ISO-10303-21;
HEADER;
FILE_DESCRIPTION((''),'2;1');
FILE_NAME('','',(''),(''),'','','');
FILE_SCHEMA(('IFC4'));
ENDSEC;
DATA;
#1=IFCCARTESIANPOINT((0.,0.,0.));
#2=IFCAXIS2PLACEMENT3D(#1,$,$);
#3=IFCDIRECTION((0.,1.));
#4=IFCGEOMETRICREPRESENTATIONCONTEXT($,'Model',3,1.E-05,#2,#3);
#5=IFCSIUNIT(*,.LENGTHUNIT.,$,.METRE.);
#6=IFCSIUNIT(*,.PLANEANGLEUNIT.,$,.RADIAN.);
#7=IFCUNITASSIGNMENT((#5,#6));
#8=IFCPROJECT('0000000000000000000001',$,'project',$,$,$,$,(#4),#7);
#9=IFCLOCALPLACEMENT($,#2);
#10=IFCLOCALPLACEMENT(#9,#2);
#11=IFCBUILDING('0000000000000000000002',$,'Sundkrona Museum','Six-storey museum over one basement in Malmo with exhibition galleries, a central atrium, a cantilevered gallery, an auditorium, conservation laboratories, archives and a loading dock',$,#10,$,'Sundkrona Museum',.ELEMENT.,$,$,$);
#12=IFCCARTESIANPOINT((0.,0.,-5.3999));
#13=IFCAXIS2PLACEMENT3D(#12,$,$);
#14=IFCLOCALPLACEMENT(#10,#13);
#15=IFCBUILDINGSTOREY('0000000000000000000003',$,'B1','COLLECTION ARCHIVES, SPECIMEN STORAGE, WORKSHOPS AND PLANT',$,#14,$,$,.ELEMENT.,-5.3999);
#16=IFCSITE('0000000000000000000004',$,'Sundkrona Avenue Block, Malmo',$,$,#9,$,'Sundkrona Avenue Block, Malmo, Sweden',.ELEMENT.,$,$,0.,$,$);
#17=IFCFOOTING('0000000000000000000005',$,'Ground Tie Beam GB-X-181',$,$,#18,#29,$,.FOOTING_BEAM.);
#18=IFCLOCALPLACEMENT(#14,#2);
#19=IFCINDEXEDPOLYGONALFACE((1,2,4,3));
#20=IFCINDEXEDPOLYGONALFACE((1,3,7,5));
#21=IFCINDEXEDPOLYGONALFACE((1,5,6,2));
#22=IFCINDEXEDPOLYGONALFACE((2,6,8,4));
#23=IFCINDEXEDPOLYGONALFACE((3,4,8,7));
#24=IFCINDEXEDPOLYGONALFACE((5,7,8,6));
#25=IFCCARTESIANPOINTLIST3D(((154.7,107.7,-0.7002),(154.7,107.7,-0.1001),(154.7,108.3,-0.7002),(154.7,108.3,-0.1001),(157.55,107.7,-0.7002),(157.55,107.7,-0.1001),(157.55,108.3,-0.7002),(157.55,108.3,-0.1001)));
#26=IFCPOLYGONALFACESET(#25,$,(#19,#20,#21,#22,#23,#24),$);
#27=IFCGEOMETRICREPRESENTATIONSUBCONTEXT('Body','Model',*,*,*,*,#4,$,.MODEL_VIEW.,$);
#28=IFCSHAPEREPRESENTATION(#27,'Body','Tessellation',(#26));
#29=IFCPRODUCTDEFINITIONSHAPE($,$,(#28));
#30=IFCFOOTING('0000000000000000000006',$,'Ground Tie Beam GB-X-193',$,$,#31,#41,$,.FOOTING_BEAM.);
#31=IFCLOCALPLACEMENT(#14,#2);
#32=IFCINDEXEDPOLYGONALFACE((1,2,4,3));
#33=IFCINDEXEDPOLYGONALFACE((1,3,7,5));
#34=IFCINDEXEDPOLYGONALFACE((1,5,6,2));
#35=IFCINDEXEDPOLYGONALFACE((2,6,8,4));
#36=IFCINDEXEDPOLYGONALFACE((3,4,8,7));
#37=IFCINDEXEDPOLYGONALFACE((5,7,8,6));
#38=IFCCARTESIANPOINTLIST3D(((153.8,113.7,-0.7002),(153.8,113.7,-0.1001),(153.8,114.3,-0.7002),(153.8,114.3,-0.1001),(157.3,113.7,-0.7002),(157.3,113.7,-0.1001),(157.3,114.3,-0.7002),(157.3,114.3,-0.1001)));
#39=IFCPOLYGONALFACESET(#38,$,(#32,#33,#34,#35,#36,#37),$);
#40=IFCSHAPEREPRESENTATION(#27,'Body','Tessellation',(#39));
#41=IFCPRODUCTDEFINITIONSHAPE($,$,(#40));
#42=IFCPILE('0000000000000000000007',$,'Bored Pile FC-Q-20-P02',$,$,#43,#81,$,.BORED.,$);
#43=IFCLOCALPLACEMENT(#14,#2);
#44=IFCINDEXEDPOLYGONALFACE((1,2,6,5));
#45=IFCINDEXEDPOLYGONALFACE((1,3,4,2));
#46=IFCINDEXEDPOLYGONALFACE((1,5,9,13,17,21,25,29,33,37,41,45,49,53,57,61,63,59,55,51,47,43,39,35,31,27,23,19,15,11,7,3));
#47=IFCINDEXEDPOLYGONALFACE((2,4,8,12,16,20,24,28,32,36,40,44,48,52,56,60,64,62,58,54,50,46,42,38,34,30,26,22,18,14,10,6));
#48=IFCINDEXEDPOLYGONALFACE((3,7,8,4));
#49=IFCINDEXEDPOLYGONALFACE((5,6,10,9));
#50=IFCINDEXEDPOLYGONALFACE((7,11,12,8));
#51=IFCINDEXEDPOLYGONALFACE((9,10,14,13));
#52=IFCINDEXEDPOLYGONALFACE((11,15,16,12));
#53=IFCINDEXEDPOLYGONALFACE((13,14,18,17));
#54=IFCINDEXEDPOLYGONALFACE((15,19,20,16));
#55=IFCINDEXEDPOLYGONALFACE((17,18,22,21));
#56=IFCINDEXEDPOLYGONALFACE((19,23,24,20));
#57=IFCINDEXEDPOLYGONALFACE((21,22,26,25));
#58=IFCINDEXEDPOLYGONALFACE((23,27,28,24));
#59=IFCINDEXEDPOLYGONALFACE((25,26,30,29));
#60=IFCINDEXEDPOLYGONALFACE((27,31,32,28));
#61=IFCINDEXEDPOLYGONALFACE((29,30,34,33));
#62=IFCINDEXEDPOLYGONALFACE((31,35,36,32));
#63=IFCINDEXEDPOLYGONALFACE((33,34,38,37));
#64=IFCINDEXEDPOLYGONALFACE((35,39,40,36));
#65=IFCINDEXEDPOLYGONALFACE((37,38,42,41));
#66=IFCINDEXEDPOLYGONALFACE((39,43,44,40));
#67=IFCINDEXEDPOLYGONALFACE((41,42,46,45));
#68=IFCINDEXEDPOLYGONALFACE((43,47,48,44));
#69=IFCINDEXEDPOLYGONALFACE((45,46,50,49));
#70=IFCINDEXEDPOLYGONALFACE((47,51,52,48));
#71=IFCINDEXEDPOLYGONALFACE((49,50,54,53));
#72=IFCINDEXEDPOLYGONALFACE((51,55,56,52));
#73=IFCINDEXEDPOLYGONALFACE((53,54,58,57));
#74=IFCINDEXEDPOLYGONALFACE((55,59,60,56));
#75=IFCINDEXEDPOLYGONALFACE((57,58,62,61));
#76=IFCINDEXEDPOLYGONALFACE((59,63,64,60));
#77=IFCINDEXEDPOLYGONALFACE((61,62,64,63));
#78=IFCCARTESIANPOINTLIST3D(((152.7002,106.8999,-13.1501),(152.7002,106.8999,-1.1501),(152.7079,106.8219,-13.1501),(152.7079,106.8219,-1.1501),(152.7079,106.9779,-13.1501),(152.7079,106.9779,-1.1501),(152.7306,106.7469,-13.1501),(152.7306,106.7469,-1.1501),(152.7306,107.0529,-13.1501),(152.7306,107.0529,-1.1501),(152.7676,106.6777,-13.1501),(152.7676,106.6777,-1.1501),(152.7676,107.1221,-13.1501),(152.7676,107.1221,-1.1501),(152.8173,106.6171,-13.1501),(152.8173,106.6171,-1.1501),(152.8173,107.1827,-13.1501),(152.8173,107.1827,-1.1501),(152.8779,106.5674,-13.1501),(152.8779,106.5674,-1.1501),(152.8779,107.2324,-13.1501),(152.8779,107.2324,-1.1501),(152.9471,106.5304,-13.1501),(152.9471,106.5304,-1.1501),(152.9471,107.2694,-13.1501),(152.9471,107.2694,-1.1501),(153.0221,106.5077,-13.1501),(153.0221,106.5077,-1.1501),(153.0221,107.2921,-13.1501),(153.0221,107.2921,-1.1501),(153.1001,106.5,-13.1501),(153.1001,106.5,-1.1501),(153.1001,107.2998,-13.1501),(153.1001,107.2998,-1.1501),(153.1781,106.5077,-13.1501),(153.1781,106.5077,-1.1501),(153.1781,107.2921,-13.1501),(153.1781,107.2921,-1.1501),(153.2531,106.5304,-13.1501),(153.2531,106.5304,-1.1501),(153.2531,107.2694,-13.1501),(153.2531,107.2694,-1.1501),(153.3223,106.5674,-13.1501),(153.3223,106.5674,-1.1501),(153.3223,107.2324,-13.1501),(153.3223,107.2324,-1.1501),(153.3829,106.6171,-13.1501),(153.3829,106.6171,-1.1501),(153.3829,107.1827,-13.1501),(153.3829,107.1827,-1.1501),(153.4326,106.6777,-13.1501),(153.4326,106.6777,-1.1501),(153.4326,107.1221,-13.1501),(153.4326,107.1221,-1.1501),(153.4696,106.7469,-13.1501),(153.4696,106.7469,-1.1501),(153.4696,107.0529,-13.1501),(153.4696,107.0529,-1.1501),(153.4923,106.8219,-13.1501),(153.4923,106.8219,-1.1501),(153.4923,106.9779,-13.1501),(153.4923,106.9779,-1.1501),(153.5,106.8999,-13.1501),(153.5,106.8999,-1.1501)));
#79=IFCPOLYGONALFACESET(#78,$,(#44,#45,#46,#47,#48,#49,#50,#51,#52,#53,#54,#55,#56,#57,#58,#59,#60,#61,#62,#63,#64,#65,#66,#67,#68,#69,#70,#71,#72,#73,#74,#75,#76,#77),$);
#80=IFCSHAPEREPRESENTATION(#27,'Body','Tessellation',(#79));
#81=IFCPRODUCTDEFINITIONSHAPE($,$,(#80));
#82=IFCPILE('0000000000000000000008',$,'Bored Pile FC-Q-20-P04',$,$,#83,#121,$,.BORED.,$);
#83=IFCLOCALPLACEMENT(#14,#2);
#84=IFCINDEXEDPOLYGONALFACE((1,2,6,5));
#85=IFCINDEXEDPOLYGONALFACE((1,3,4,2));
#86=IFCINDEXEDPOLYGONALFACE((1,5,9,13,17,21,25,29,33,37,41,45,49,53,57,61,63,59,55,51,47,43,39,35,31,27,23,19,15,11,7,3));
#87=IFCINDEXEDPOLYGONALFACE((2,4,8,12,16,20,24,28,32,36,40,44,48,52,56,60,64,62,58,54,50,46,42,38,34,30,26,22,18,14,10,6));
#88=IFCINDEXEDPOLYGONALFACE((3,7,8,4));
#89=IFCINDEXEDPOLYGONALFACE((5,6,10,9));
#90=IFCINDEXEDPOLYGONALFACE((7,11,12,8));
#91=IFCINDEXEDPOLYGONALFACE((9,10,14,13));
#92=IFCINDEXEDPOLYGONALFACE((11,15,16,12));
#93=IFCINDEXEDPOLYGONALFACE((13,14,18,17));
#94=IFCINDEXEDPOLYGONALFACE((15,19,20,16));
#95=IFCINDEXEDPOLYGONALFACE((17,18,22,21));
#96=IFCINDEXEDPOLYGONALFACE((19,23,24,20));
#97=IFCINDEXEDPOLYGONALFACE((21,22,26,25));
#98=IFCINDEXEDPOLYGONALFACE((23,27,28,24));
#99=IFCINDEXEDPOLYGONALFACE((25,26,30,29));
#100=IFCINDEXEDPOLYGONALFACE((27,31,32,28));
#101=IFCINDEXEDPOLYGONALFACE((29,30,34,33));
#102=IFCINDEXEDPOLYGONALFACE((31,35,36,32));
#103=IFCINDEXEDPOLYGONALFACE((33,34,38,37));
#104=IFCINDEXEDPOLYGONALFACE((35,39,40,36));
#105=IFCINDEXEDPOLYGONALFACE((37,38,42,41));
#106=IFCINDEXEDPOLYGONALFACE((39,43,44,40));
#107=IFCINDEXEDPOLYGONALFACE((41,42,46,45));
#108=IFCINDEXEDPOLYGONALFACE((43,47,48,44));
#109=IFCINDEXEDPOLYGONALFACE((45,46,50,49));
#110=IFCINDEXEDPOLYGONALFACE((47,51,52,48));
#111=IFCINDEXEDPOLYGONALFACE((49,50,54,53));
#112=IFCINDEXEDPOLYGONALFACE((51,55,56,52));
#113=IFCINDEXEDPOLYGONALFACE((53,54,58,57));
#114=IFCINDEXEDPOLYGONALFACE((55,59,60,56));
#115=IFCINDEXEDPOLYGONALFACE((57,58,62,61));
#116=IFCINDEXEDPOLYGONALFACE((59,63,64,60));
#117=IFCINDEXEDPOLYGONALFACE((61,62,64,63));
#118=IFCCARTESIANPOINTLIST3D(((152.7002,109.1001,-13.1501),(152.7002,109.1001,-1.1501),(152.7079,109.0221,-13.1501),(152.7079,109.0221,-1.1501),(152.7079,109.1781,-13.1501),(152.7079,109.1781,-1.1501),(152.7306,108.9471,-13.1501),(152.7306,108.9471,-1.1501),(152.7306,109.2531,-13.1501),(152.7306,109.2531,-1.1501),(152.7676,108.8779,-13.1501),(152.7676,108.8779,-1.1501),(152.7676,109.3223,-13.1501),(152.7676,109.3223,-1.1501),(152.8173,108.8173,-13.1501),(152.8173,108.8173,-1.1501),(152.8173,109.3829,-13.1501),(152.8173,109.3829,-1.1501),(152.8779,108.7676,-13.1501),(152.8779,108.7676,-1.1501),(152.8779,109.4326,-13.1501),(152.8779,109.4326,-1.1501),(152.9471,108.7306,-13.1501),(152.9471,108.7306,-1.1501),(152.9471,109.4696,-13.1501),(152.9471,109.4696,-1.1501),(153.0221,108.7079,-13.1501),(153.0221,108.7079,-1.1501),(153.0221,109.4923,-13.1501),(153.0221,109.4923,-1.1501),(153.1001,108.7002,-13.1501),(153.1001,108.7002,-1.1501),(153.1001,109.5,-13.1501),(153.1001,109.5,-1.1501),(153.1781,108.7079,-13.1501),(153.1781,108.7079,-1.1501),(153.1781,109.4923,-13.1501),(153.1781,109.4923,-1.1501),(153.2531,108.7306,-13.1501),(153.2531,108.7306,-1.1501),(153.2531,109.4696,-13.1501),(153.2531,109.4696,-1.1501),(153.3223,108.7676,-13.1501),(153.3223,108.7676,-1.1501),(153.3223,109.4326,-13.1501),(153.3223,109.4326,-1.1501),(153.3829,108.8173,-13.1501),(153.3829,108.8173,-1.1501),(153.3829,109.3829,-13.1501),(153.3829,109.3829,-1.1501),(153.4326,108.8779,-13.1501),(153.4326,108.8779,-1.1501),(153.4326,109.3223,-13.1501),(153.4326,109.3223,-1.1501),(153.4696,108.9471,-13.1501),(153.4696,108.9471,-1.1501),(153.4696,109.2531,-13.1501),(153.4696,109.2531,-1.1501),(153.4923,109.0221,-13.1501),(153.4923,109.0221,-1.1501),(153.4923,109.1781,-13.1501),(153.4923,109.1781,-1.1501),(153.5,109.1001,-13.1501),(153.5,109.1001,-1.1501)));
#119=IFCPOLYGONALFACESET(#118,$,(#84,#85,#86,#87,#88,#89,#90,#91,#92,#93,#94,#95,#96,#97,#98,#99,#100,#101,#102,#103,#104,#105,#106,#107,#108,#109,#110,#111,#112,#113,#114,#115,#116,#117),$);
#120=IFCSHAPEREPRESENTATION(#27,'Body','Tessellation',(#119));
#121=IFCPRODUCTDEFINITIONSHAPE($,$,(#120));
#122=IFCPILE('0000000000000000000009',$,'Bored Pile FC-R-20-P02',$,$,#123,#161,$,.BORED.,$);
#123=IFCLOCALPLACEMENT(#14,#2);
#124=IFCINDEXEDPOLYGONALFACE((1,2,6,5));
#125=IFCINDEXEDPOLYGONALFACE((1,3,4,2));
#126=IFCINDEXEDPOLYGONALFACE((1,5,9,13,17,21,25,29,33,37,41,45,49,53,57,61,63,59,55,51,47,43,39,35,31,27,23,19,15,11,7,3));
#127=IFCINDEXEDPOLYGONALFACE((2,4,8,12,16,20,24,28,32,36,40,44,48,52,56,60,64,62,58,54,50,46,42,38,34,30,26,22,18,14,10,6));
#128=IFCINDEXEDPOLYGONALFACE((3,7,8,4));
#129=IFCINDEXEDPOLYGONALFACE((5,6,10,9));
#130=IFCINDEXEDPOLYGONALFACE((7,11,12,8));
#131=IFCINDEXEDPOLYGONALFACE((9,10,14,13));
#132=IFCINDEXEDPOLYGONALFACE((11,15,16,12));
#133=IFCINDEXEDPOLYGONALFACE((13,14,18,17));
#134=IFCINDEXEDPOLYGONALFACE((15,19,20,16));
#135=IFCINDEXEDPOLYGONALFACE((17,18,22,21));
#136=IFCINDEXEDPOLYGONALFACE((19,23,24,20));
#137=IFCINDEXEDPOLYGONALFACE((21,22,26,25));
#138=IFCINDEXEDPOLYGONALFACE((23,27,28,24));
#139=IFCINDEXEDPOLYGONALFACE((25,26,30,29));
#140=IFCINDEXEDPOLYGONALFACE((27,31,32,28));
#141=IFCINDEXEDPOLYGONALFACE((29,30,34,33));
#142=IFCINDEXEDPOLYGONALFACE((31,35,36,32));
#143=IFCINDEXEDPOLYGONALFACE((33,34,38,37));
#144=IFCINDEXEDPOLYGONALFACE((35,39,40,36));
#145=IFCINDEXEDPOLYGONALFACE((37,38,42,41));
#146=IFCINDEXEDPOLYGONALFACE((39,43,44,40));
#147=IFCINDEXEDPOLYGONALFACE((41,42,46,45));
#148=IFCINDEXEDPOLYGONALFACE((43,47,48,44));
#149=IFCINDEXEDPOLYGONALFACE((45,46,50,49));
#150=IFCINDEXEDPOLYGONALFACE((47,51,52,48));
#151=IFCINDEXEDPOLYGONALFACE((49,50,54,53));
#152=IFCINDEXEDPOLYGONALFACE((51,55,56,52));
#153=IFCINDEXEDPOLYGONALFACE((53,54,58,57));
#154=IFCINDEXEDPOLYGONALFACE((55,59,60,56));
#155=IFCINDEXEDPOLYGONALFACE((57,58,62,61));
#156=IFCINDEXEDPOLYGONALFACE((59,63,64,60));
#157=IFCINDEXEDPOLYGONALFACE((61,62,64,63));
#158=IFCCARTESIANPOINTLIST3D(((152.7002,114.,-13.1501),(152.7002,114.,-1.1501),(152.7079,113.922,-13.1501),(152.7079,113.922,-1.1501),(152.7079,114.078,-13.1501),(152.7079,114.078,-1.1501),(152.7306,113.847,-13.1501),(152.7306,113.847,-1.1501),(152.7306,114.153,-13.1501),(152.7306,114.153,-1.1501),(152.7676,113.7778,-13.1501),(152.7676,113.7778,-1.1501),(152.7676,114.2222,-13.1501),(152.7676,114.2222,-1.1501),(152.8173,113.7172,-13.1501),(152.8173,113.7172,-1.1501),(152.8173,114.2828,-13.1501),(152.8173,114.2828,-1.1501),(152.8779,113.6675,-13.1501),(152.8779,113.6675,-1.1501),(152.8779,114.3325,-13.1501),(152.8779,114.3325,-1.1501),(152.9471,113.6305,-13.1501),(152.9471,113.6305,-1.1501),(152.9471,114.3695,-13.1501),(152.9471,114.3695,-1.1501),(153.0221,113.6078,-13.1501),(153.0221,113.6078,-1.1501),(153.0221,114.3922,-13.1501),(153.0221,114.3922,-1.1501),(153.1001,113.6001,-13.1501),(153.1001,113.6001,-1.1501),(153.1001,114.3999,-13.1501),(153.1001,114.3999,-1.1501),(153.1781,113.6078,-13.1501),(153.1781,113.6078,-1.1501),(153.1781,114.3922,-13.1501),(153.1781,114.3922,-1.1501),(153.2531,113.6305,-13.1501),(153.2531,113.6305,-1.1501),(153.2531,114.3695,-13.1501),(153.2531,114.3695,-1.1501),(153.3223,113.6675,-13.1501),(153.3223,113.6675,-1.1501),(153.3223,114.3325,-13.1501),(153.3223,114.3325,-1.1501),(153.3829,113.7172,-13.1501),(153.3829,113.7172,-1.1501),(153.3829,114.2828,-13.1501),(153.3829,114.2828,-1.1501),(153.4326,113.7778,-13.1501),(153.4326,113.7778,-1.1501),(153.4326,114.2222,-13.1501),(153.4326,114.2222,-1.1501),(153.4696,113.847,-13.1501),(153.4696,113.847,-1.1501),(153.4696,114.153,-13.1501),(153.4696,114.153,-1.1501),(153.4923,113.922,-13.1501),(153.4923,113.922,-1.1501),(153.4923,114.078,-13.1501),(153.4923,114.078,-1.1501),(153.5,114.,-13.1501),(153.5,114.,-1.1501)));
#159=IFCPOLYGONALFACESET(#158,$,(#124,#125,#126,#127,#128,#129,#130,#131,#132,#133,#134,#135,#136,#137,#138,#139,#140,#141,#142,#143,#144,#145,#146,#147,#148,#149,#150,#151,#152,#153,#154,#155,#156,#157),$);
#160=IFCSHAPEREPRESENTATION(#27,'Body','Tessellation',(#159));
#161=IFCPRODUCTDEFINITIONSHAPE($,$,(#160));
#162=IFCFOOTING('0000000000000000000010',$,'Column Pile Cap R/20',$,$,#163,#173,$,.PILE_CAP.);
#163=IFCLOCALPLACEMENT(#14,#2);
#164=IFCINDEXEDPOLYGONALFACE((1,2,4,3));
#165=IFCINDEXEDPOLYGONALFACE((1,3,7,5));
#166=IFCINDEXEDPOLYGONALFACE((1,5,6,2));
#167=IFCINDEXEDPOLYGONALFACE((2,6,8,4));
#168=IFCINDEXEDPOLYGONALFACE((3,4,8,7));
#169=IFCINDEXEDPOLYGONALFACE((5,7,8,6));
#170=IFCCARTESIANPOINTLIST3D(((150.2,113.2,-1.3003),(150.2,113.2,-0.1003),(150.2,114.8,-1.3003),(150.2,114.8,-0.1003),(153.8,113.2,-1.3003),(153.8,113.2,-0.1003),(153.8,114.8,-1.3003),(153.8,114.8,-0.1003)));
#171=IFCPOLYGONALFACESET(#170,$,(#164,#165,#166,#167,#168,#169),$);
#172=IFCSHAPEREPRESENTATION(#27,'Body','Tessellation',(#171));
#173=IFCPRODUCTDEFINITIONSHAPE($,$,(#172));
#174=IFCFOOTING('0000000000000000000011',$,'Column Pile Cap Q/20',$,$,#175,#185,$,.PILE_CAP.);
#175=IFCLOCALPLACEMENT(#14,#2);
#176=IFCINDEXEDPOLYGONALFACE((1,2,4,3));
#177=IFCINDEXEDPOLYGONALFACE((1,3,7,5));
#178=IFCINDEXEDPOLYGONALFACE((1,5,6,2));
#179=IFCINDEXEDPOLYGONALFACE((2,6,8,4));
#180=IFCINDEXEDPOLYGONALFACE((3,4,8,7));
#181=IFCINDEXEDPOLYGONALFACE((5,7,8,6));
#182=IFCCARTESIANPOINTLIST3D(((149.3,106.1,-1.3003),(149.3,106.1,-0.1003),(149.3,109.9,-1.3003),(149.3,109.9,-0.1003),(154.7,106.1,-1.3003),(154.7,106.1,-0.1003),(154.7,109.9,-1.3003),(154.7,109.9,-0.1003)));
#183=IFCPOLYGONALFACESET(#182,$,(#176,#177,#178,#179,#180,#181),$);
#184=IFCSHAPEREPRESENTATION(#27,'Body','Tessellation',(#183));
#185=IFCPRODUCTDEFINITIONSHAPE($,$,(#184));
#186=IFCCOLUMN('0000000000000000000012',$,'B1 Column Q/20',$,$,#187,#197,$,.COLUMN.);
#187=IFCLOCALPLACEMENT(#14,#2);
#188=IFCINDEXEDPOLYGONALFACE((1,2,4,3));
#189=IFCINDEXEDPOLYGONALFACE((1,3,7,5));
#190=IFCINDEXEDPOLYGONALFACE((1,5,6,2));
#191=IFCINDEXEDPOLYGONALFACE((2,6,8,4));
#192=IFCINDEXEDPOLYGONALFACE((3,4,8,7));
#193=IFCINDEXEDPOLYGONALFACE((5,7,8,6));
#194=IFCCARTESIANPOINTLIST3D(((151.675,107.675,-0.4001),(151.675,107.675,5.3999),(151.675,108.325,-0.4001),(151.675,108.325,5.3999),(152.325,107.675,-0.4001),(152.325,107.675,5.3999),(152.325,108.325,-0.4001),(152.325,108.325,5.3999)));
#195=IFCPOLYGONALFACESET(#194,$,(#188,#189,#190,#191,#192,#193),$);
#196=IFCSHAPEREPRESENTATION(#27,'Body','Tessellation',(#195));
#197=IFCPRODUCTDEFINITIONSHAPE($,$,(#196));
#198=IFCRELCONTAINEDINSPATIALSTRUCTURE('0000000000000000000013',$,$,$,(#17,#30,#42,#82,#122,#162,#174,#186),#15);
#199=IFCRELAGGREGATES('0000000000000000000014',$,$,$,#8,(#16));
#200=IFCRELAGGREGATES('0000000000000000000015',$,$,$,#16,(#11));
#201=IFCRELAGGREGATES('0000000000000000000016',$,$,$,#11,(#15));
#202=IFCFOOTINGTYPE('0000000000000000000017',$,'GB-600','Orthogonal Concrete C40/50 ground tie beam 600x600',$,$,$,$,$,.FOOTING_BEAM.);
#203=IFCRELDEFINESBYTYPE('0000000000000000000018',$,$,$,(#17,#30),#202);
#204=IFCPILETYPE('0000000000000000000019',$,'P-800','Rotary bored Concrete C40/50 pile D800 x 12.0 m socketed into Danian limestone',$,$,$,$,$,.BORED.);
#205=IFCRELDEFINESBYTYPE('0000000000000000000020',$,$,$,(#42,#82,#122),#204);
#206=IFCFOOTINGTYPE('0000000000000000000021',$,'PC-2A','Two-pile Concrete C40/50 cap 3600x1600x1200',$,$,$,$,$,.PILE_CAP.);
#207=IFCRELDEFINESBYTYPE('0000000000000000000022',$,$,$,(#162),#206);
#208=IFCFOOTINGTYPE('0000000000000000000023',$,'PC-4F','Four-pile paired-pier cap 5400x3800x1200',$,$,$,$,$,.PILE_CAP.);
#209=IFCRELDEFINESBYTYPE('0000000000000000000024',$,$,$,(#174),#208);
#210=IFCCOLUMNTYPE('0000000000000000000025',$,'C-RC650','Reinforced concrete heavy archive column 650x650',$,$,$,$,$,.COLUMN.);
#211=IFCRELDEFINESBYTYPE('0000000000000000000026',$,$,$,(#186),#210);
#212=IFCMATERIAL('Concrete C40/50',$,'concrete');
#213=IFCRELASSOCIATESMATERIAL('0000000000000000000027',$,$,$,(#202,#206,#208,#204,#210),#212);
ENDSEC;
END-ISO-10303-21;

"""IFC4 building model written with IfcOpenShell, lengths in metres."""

from ifc_helpers import new_model, si_unit, direction, frame, origin, origin_2d, place, context, subcontext, project, spatial, rectangle, circle, extrude, material, material_profile, profile_set, type_object, element, save


model = new_model("IFC4")

# Units and contexts
model_context = context("Model", 3, precision=1e-05, world=origin(), true_north=direction((0.0, 1.0)))
body_context = subcontext(model_context, "Body", "Model", "MODEL_VIEW")
ifc_project = project(units=[si_unit("LENGTHUNIT", "METRE"), si_unit("PLANEANGLEUNIT", "RADIAN")], contexts=[model_context])

# Site, building, storey
site_placement = place(None, origin())
site = spatial("IfcSite", under=ifc_project, at=site_placement, Name="Sundkrona Avenue Block, Malmo", LongName="Sundkrona Avenue Block, Malmo, Sweden", CompositionType="ELEMENT", RefElevation=0.0)
building_placement = place(site_placement, origin())
building = spatial("IfcBuilding", under=site, at=building_placement, Name="Sundkrona Museum", Description="Six-storey museum over one basement in Malmo with exhibition galleries, a central atrium, a cantilevered gallery, an auditorium, conservation laboratories, archives and a loading dock", LongName="Sundkrona Museum", CompositionType="ELEMENT")
storey_placement = place(building_placement, frame((0.0, 0.0, -5.3999)))
storey = spatial("IfcBuildingStorey", under=building, at=storey_placement, Name="B1", Description="COLLECTION ARCHIVES, SPECIMEN STORAGE, WORKSHOPS AND PLANT", CompositionType="ELEMENT", Elevation=-5.3999)

# Footings
ifc_material_1 = material(Name="Concrete C40/50", Category="concrete")
footing_type_1 = type_object("IfcFootingType", Name="GB-600", Description="Orthogonal Concrete C40/50 ground tie beam 600x600", PredefinedType="FOOTING_BEAM", material=ifc_material_1)
footing_1_placement = place(storey_placement, frame((156.125, 108.0, -0.7002), z_axis=(0.0, 0.0, 1.0), x_axis=(1.0, 0.0, 0.0)))
element("IfcFooting", 1, at=footing_1_placement, inside=storey, type_object=footing_type_1, Name="Ground Tie Beam GB-X-181", PredefinedType="FOOTING_BEAM", context=body_context, shape_type="SweptSolid", body=[
    extrude(rectangle(XDim=2.8501, YDim=0.6001, at=origin_2d()), origin(), (0.0, 0.0, 1.0), 0.6001),
])
footing_2_placement = place(storey_placement, frame((155.55, 114.0, -0.7002), z_axis=(0.0, 0.0, 1.0), x_axis=(1.0, 0.0, 0.0)))
element("IfcFooting", 2, at=footing_2_placement, inside=storey, type_object=footing_type_1, Name="Ground Tie Beam GB-X-193", PredefinedType="FOOTING_BEAM", context=body_context, shape_type="SweptSolid", body=[
    extrude(rectangle(XDim=3.5, YDim=0.6001, at=origin_2d()), origin(), (0.0, 0.0, 1.0), 0.6001),
])

# Piles
ifc_material_profile_1 = material_profile(ifc_material_1, circle(Radius=0.3999, at=origin_2d()), Name="PILE D800")
ifc_profile_set_1 = profile_set([ifc_material_profile_1], Name="Concrete C40/50")
pile_type = type_object("IfcPileType", Name="P-800", Description="Rotary bored Concrete C40/50 pile D800 x 12.0 m socketed into Danian limestone", PredefinedType="BORED", material=ifc_profile_set_1)
for number, where, z_axis, x_axis, name in (
    (3, (153.1001, 106.8999, -1.1501), (0.0, 0.0, -1.0), (1.0, 0.0, 0.0), "Bored Pile FC-Q-20-P02"),
    (4, (153.1001, 109.1001, -1.1501), (0.0, 0.0, -1.0), (1.0, 0.0, 0.0), "Bored Pile FC-Q-20-P04"),
    (5, (153.1001, 114.0, -1.1501), (0.0, 0.0, -1.0), (1.0, 0.0, 0.0), "Bored Pile FC-R-20-P02"),
):
    element("IfcPile", number, at=place(storey_placement, frame(where, z_axis=z_axis, x_axis=x_axis)), inside=storey, type_object=pile_type, Name=name, PredefinedType="BORED", context=body_context, shape_type="SweptSolid", body=[
        extrude(circle(Radius=0.3999, at=origin_2d()), origin(), (0.0, 0.0, 1.0), 12.0),
    ])

# Footings
footing_type_2 = type_object("IfcFootingType", Name="PC-2A", Description="Two-pile Concrete C40/50 cap 3600x1600x1200", PredefinedType="PILE_CAP", material=ifc_material_1)
footing_3_placement = place(storey_placement, frame((152.0, 114.0, -1.3003), z_axis=(0.0, 0.0, 1.0), x_axis=(1.0, 0.0, 0.0)))
element("IfcFooting", 6, at=footing_3_placement, inside=storey, type_object=footing_type_2, Name="Column Pile Cap R/20", PredefinedType="PILE_CAP", context=body_context, shape_type="SweptSolid", body=[
    extrude(rectangle(XDim=3.6001, YDim=1.6001, at=origin_2d()), origin(), (0.0, 0.0, 1.0), 1.2),
])
footing_type_3 = type_object("IfcFootingType", Name="PC-4F", Description="Four-pile paired-pier cap 5400x3800x1200", PredefinedType="PILE_CAP", material=ifc_material_1)
footing_4_placement = place(storey_placement, frame((152.0, 108.0, -1.3003), z_axis=(0.0, 0.0, 1.0), x_axis=(1.0, 0.0, 0.0)))
element("IfcFooting", 7, at=footing_4_placement, inside=storey, type_object=footing_type_3, Name="Column Pile Cap Q/20", PredefinedType="PILE_CAP", context=body_context, shape_type="SweptSolid", body=[
    extrude(rectangle(XDim=5.3999, YDim=3.8, at=origin_2d()), origin(), (0.0, 0.0, 1.0), 1.2),
])

# Column
ifc_material_profile_2 = material_profile(ifc_material_1, rectangle(XDim=0.6499, YDim=0.6499, at=origin_2d()), Name="RC 650x650")
ifc_profile_set_2 = profile_set([ifc_material_profile_2], Name="Concrete C40/50")
column_type = type_object("IfcColumnType", Name="C-RC650", Description="Reinforced concrete heavy archive column 650x650", PredefinedType="COLUMN", material=ifc_profile_set_2)
for number, where, z_axis, x_axis, name in (
    (8, (152.0, 108.0, -0.4001), (0.0, 0.0, 1.0), (1.0, 0.0, 0.0), "B1 Column Q/20"),
):
    element("IfcColumn", number, at=place(storey_placement, frame(where, z_axis=z_axis, x_axis=x_axis)), inside=storey, type_object=column_type, Name=name, PredefinedType="COLUMN", context=body_context, shape_type="SweptSolid", body=[
        extrude(rectangle(XDim=0.6499, YDim=0.6499, at=origin_2d()), origin(), (0.0, 0.0, 1.0), 5.8),
    ])

save(model, "model.ifc")
